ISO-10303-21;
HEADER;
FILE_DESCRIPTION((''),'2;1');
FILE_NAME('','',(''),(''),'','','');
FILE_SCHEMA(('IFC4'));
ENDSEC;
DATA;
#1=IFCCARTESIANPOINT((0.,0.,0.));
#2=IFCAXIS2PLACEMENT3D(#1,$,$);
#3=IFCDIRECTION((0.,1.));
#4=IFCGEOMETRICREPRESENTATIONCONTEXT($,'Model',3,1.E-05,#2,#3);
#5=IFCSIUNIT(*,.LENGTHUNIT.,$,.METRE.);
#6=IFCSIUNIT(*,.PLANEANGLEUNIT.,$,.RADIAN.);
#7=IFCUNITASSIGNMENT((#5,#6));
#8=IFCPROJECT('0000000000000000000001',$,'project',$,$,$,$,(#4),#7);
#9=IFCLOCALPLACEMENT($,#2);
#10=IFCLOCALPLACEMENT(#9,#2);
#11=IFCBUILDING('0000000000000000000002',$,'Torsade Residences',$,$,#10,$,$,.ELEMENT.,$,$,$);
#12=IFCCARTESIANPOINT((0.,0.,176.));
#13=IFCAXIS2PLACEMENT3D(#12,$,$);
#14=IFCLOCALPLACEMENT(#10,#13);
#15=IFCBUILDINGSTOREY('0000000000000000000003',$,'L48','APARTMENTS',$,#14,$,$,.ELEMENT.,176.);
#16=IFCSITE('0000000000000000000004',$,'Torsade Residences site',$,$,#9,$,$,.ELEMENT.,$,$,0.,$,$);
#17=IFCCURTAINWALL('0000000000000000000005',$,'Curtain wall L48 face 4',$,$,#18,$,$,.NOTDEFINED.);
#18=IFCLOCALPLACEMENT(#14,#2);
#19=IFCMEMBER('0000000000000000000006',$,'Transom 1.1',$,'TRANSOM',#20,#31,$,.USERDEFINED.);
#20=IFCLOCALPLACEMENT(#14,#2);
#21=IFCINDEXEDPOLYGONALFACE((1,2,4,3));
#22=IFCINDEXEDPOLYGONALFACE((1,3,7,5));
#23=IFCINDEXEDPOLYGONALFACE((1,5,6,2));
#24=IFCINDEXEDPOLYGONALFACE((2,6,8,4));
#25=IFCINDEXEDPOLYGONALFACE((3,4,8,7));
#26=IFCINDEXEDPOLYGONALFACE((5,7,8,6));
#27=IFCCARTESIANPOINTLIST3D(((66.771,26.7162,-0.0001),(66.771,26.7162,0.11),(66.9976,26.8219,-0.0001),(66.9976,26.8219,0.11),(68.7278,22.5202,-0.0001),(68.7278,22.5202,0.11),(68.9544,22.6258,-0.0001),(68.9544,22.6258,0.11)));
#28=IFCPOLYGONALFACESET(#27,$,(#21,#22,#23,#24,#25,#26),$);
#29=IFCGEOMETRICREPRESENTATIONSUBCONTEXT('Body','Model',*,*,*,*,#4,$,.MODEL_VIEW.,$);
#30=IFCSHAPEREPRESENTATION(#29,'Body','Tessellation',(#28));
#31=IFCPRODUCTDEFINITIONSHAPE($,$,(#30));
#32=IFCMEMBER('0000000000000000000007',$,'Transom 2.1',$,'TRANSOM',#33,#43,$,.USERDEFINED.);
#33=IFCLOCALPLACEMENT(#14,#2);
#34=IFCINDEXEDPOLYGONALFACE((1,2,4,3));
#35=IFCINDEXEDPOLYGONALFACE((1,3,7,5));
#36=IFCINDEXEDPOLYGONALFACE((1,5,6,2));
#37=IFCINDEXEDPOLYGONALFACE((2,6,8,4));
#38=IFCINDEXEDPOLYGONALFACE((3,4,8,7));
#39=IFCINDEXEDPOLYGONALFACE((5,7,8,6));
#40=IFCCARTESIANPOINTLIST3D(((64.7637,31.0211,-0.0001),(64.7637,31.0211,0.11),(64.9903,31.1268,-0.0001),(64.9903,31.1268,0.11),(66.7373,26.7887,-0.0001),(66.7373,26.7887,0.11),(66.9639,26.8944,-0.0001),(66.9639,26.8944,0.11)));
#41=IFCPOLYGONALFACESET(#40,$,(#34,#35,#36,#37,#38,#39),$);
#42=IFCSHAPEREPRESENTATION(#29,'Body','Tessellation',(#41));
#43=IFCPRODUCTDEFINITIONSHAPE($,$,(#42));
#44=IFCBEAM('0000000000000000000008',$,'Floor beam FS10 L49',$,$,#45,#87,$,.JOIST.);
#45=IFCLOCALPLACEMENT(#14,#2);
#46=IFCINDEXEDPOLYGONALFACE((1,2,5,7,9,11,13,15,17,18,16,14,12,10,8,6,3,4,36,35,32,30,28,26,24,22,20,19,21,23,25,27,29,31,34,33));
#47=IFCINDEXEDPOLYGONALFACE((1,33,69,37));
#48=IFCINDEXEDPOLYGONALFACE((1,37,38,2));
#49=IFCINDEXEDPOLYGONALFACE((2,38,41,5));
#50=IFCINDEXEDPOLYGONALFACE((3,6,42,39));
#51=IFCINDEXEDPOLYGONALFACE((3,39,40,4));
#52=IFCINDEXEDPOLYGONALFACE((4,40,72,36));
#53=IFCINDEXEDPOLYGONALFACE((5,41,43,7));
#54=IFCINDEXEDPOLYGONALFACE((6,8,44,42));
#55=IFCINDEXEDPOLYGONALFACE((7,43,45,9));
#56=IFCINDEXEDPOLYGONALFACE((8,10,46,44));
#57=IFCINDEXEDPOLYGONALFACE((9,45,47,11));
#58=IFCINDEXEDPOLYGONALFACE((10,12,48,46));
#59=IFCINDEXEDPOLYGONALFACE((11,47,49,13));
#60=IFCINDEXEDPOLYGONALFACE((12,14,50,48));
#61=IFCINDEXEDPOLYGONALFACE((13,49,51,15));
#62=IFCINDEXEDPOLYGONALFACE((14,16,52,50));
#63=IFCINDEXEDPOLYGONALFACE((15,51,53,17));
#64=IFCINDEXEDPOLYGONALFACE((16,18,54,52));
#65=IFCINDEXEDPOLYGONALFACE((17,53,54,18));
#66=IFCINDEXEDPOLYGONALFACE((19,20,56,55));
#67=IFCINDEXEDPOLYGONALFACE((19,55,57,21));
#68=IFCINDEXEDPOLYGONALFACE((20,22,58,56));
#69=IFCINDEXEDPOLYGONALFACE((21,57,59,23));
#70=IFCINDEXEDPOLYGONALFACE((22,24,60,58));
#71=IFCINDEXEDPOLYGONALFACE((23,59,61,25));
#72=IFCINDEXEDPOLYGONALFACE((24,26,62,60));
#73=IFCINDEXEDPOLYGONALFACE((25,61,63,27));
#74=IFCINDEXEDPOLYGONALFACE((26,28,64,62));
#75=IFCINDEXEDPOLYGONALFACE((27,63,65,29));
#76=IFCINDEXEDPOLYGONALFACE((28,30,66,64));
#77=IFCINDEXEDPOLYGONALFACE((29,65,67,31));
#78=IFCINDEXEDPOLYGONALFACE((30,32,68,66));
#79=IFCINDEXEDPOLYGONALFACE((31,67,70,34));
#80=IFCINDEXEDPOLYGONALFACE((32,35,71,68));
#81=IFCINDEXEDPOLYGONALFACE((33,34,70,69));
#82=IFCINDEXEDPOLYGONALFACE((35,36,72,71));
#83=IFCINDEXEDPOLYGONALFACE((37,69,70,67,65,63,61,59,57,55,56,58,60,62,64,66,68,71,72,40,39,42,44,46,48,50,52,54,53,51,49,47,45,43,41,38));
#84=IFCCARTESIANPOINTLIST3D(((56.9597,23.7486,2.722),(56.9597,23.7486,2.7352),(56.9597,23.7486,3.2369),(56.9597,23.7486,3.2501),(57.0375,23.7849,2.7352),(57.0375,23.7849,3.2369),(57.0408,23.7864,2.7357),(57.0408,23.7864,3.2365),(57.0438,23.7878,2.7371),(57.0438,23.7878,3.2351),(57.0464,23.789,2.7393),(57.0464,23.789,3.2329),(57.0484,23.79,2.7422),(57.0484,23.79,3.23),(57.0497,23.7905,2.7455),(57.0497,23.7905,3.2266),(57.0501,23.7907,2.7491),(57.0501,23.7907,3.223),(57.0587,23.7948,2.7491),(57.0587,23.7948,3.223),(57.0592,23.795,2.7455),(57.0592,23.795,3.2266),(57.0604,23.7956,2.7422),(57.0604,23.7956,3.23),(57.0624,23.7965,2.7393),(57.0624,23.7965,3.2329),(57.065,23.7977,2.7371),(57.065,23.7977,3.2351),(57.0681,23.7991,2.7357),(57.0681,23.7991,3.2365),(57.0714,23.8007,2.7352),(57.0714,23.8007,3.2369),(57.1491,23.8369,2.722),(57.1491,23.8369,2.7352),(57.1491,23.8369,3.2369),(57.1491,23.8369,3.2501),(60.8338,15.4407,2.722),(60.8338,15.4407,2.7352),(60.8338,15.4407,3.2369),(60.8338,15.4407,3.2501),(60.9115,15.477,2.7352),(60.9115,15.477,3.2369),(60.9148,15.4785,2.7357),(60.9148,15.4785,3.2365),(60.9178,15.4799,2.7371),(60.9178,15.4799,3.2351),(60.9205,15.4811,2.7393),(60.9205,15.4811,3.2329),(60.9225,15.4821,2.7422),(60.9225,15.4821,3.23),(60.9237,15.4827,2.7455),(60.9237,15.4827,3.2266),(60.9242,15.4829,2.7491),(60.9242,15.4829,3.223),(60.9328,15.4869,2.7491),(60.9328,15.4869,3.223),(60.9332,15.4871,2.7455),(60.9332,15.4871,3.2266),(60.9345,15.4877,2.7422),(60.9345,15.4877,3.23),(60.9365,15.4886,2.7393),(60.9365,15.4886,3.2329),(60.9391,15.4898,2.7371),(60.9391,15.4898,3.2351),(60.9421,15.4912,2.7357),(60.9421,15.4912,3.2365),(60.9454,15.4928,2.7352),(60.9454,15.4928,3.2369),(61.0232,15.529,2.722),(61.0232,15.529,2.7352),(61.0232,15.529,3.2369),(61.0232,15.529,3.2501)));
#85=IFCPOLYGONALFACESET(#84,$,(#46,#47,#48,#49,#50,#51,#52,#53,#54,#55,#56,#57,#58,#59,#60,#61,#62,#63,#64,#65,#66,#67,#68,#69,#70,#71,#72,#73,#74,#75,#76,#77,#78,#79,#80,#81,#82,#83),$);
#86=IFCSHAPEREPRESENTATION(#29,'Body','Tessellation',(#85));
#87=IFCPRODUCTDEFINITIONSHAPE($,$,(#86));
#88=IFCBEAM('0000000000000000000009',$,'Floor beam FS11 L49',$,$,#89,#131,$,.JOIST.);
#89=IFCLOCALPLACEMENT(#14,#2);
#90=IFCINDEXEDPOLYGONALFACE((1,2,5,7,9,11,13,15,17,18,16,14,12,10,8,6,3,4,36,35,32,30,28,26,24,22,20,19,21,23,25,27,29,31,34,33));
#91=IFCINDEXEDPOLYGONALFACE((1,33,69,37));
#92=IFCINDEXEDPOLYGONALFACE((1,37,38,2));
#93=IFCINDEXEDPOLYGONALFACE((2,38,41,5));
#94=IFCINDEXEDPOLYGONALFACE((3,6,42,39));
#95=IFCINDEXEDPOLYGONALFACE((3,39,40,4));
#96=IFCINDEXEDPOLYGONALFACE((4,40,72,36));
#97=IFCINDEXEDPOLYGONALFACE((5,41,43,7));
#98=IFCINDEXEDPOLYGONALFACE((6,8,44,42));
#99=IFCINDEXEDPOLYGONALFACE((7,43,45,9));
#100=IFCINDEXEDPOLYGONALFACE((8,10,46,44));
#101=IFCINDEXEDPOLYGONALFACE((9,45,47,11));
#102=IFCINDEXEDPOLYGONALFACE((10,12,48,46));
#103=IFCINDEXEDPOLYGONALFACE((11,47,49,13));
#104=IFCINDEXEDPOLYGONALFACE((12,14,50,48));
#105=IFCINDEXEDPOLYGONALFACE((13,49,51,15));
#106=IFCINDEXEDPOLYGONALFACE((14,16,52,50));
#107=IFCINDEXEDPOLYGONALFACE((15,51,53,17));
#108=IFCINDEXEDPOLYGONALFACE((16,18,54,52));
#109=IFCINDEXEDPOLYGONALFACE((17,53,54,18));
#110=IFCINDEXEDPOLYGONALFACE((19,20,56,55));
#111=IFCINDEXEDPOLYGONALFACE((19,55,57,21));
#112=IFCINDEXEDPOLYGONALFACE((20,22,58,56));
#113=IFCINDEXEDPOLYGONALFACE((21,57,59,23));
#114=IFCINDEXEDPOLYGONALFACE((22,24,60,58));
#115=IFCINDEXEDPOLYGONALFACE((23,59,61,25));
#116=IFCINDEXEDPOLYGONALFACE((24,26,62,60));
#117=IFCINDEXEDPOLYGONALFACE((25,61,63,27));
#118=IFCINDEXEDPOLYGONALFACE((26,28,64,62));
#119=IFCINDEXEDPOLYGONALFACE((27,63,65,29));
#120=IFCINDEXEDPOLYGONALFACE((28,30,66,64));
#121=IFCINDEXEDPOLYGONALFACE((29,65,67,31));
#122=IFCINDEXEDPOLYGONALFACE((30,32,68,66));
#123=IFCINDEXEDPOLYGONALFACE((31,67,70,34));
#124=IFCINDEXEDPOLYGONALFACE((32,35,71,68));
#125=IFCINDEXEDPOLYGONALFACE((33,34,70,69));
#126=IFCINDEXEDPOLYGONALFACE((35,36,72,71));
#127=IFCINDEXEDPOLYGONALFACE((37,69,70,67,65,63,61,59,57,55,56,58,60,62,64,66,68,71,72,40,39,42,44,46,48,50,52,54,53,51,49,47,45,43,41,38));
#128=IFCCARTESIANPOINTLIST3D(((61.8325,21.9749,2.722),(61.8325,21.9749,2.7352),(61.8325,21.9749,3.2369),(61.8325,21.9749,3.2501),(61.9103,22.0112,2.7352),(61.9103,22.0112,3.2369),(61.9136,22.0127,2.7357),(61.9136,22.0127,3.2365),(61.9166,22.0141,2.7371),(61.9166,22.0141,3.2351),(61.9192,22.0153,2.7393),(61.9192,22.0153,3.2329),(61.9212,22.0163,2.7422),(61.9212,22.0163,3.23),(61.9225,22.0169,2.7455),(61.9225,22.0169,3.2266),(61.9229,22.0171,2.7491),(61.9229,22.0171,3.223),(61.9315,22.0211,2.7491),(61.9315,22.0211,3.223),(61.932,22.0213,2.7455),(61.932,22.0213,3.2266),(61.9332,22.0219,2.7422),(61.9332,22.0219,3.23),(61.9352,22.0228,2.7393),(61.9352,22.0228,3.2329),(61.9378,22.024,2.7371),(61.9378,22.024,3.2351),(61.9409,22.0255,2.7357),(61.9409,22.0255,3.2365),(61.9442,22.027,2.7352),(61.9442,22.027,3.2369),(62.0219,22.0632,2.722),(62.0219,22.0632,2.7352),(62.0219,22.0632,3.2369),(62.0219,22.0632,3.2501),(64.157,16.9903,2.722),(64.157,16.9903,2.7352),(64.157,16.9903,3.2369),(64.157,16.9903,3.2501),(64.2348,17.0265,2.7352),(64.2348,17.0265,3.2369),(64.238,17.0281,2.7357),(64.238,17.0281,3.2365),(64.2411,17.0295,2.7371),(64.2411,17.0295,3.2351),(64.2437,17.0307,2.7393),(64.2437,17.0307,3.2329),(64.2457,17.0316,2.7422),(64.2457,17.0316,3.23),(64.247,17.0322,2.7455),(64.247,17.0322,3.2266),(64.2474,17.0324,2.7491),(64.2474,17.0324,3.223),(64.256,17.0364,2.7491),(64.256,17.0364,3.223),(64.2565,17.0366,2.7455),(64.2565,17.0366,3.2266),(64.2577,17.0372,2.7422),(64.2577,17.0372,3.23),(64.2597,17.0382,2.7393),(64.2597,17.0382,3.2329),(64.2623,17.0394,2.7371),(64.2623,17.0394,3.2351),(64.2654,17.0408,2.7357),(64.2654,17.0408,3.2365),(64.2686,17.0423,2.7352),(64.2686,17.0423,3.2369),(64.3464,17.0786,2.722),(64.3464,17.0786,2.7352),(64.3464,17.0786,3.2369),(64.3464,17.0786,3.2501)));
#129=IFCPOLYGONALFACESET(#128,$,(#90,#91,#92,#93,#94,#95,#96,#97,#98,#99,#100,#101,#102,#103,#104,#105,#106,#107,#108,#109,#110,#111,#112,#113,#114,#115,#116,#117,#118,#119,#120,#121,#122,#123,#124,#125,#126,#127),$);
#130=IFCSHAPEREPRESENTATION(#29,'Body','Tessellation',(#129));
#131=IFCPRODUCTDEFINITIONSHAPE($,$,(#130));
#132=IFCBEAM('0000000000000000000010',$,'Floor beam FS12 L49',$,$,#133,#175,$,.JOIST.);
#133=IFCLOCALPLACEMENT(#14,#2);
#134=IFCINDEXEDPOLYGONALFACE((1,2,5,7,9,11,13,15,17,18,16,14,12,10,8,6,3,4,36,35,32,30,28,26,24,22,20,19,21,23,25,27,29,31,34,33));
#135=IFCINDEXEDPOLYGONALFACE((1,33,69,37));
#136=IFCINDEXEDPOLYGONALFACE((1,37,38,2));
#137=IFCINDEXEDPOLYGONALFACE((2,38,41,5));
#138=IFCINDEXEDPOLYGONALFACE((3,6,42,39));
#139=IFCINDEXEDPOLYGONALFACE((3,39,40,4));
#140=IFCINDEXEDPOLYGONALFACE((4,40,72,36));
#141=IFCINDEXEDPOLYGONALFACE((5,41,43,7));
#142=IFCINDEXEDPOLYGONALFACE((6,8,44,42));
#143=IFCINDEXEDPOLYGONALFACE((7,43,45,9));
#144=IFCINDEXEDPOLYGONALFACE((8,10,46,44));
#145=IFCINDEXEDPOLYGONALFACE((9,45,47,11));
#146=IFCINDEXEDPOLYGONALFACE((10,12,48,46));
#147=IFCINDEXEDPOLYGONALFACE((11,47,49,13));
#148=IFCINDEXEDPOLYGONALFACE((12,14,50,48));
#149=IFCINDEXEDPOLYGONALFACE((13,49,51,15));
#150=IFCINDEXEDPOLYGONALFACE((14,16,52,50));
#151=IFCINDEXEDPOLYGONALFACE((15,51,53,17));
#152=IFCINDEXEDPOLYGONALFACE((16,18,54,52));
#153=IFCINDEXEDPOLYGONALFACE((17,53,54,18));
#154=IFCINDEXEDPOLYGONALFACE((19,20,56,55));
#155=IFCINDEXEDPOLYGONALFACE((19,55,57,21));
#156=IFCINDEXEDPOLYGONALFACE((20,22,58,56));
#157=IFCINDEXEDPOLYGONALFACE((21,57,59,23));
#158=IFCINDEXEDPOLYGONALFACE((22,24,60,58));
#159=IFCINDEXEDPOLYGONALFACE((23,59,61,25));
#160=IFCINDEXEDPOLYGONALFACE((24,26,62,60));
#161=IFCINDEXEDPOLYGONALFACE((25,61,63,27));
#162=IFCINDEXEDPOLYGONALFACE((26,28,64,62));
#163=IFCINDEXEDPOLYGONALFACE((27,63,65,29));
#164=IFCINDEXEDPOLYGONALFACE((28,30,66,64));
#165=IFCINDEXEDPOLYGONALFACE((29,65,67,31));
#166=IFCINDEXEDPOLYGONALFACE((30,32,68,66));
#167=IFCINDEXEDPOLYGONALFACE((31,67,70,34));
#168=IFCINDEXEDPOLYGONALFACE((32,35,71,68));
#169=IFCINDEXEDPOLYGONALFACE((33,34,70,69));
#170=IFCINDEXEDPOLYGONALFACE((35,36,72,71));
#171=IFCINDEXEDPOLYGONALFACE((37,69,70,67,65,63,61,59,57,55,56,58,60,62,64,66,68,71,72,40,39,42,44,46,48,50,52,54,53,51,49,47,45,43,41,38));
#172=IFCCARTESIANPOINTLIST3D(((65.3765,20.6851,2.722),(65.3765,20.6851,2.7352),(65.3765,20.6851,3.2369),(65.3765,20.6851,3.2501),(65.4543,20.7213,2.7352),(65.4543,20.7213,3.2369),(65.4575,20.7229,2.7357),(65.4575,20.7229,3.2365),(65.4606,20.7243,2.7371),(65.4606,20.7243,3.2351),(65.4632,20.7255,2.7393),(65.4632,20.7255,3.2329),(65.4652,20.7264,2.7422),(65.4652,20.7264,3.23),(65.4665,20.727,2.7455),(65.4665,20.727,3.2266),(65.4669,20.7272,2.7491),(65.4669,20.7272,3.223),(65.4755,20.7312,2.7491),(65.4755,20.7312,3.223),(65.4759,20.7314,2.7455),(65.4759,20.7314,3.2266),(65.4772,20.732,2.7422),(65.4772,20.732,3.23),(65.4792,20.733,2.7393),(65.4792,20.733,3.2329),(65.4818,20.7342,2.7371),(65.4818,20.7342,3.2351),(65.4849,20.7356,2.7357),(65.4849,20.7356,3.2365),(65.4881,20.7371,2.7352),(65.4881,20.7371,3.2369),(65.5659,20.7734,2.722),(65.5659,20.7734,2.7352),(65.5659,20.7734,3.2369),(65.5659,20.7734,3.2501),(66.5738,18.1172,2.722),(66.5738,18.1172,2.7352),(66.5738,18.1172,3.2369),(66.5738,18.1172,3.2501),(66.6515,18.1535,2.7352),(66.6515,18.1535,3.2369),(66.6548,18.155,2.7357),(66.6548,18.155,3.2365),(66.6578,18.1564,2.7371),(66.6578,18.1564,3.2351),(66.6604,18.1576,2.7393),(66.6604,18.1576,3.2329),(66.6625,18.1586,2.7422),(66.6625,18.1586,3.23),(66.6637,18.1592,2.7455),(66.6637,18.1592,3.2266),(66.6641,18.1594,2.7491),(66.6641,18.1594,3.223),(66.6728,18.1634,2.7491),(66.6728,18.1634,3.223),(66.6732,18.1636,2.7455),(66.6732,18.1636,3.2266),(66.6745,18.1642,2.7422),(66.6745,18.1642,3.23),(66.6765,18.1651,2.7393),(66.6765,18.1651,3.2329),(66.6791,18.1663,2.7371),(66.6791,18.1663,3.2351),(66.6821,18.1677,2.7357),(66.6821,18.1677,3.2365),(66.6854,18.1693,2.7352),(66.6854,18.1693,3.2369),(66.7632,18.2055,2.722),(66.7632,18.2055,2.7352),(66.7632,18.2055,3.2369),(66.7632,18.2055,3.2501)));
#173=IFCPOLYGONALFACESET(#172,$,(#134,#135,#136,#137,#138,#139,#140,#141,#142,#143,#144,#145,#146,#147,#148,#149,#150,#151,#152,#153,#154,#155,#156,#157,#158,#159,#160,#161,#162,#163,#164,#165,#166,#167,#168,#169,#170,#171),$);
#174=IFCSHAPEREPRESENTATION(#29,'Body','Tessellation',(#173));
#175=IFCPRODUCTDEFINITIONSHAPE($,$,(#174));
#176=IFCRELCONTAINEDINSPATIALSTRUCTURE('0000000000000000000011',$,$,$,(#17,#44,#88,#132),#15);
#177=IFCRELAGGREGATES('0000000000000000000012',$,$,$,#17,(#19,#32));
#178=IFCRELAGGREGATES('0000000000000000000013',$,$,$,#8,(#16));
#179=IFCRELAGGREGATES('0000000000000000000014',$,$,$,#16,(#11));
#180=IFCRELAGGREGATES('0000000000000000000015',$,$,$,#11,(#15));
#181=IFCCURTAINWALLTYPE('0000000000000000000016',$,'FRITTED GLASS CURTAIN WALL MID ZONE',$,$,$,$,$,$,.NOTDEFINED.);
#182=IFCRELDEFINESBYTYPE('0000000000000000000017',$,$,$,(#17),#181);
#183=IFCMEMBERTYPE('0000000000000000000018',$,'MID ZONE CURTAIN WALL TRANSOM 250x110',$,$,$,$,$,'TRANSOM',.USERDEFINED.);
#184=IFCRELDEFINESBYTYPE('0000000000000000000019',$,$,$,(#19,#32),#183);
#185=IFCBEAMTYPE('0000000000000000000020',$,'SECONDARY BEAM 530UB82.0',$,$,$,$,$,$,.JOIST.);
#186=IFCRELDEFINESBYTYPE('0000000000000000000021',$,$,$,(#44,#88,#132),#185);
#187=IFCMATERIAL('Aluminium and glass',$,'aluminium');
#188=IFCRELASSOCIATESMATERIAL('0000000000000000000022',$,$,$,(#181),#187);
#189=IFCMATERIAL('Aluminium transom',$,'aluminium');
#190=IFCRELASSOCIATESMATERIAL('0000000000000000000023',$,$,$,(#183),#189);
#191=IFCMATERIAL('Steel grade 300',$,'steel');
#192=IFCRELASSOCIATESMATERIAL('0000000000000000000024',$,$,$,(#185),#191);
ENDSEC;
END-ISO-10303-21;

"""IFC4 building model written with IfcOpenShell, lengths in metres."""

from ifc_helpers import new_model, si_unit, direction, frame, origin, origin_2d, place, context, subcontext, project, spatial, rectangle, i_section, extrude, material, material_profile, profile_set, type_object, element, aggregate, save


model = new_model("IFC4")

# Units and contexts
model_context = context("Model", 3, precision=1e-05, world=origin(), true_north=direction((0.0, 1.0)))
body_context = subcontext(model_context, "Body", "Model", "MODEL_VIEW")
ifc_project = project(units=[si_unit("LENGTHUNIT", "METRE"), si_unit("PLANEANGLEUNIT", "RADIAN")], contexts=[model_context])

# Site, building, storey
site_placement = place(None, origin())
site = spatial("IfcSite", under=ifc_project, at=site_placement, Name="Torsade Residences site", CompositionType="ELEMENT", RefElevation=0.0)
building_placement = place(site_placement, origin())
building = spatial("IfcBuilding", under=site, at=building_placement, Name="Torsade Residences", CompositionType="ELEMENT")
storey_placement = place(building_placement, frame((0.0, 0.0, 176.0)))
storey = spatial("IfcBuildingStorey", under=building, at=storey_placement, Name="L48", Description="APARTMENTS", CompositionType="ELEMENT", Elevation=176.0)

# Curtain wall
ifc_material_1 = material(Name="Aluminium and glass", Category="aluminium")
curtain_wall_type = type_object("IfcCurtainWallType", Name="FRITTED GLASS CURTAIN WALL MID ZONE", PredefinedType="NOTDEFINED", material=ifc_material_1)
curtain_wall_1_placement = place(storey_placement, origin())
curtain_wall_1 = element("IfcCurtainWall", 1, at=curtain_wall_1_placement, inside=storey, type_object=curtain_wall_type, Name="Curtain wall L48 face 4", PredefinedType="NOTDEFINED")

# Members
ifc_material_2 = material(Name="Aluminium transom", Category="aluminium")
ifc_material_profile_1 = material_profile(ifc_material_2, rectangle(XDim=0.25, YDim=0.1101, at=origin_2d()), Name="MID ZONE CURTAIN WALL TRANSOM 250x110")
ifc_profile_set_1 = profile_set([ifc_material_profile_1], Name="Aluminium transom")
member_type_1 = type_object("IfcMemberType", Name="MID ZONE CURTAIN WALL TRANSOM 250x110", ElementType="TRANSOM", PredefinedType="USERDEFINED", material=ifc_profile_set_1)
member_1_placement = place(storey_placement, frame((68.8411, 22.573, 0.0549), z_axis=(-0.422643, 0.906296, 0.0), x_axis=(-0.906296, -0.422643, 0.0)))
member_1 = element("IfcMember", 2, at=member_1_placement, type_object=member_type_1, Name="Transom 1.1", ObjectType="TRANSOM", PredefinedType="USERDEFINED", context=body_context, shape_type="SweptSolid", body=[
    extrude(rectangle(XDim=0.25, YDim=0.1101, at=origin_2d()), origin(), (0.0, 0.0, 1.0), 4.6299),
])
member_2_placement = place(storey_placement, frame((66.8506, 26.8416, 0.0549), z_axis=(-0.422622, 0.906306, 0.0), x_axis=(-0.906306, -0.422622, 0.0)))
member_2 = element("IfcMember", 3, at=member_2_placement, type_object=member_type_1, Name="Transom 2.1", ObjectType="TRANSOM", PredefinedType="USERDEFINED", context=body_context, shape_type="SweptSolid", body=[
    extrude(rectangle(XDim=0.25, YDim=0.1101, at=origin_2d()), origin(), (0.0, 0.0, 1.0), 4.6699),
])

# Beams
ifc_material_3 = material(Name="Steel grade 300", Category="steel")
ifc_material_profile_2 = material_profile(ifc_material_3, i_section(OverallWidth=0.209, OverallDepth=0.5281, WebThickness=0.0095, FlangeThickness=0.0132, FilletRadius=0.0139, at=origin_2d()), Name="530UB82.0")
ifc_profile_set_2 = profile_set([ifc_material_profile_2], Name="Steel grade 300")
beam_type_1 = type_object("IfcBeamType", Name="SECONDARY BEAM 530UB82.0", PredefinedType="JOIST", material=ifc_profile_set_2)
beam_1_placement = place(storey_placement, frame((60.9285, 15.4849, 2.9861), z_axis=(-0.422619, 0.906308, 0.0), x_axis=(-0.906308, -0.422619, 0.0)))
element("IfcBeam", 4, at=beam_1_placement, inside=storey, type_object=beam_type_1, Name="Floor beam FS10 L49", PredefinedType="JOIST", context=body_context, shape_type="SweptSolid", body=[
    extrude(i_section(OverallWidth=0.209, OverallDepth=0.5281, WebThickness=0.0095, FlangeThickness=0.0132, FilletRadius=0.0139, at=origin_2d()), origin(), (0.0, 0.0, 1.0), 9.1667),
])
beam_2_placement = place(storey_placement, frame((64.2517, 17.0344, 2.9861), z_axis=(-0.422633, 0.906301, 0.0), x_axis=(-0.906301, -0.422633, 0.0)))
element("IfcBeam", 5, at=beam_2_placement, inside=storey, type_object=beam_type_1, Name="Floor beam FS11 L49", PredefinedType="JOIST", context=body_context, shape_type="SweptSolid", body=[
    extrude(i_section(OverallWidth=0.209, OverallDepth=0.5281, WebThickness=0.0095, FlangeThickness=0.0132, FilletRadius=0.0139, at=origin_2d()), origin(), (0.0, 0.0, 1.0), 5.5),
])
for number, where, z_axis, x_axis, name in (
    (6, (66.6685, 18.1614, 2.9861), (-0.422574, 0.906328, 0.0), (-0.906328, -0.422574, 0.0), "Floor beam FS12 L49"),
):
    element("IfcBeam", number, at=place(storey_placement, frame(where, z_axis=z_axis, x_axis=x_axis)), inside=storey, type_object=beam_type_1, Name=name, PredefinedType="JOIST", context=body_context, shape_type="SweptSolid", body=[
        extrude(i_section(OverallWidth=0.209, OverallDepth=0.5281, WebThickness=0.0095, FlangeThickness=0.0132, FilletRadius=0.0139, at=origin_2d()), origin(), (0.0, 0.0, 1.0), 2.8333),
    ])

aggregate(curtain_wall_1, [member_1, member_2])

save(model, "model.ifc")
